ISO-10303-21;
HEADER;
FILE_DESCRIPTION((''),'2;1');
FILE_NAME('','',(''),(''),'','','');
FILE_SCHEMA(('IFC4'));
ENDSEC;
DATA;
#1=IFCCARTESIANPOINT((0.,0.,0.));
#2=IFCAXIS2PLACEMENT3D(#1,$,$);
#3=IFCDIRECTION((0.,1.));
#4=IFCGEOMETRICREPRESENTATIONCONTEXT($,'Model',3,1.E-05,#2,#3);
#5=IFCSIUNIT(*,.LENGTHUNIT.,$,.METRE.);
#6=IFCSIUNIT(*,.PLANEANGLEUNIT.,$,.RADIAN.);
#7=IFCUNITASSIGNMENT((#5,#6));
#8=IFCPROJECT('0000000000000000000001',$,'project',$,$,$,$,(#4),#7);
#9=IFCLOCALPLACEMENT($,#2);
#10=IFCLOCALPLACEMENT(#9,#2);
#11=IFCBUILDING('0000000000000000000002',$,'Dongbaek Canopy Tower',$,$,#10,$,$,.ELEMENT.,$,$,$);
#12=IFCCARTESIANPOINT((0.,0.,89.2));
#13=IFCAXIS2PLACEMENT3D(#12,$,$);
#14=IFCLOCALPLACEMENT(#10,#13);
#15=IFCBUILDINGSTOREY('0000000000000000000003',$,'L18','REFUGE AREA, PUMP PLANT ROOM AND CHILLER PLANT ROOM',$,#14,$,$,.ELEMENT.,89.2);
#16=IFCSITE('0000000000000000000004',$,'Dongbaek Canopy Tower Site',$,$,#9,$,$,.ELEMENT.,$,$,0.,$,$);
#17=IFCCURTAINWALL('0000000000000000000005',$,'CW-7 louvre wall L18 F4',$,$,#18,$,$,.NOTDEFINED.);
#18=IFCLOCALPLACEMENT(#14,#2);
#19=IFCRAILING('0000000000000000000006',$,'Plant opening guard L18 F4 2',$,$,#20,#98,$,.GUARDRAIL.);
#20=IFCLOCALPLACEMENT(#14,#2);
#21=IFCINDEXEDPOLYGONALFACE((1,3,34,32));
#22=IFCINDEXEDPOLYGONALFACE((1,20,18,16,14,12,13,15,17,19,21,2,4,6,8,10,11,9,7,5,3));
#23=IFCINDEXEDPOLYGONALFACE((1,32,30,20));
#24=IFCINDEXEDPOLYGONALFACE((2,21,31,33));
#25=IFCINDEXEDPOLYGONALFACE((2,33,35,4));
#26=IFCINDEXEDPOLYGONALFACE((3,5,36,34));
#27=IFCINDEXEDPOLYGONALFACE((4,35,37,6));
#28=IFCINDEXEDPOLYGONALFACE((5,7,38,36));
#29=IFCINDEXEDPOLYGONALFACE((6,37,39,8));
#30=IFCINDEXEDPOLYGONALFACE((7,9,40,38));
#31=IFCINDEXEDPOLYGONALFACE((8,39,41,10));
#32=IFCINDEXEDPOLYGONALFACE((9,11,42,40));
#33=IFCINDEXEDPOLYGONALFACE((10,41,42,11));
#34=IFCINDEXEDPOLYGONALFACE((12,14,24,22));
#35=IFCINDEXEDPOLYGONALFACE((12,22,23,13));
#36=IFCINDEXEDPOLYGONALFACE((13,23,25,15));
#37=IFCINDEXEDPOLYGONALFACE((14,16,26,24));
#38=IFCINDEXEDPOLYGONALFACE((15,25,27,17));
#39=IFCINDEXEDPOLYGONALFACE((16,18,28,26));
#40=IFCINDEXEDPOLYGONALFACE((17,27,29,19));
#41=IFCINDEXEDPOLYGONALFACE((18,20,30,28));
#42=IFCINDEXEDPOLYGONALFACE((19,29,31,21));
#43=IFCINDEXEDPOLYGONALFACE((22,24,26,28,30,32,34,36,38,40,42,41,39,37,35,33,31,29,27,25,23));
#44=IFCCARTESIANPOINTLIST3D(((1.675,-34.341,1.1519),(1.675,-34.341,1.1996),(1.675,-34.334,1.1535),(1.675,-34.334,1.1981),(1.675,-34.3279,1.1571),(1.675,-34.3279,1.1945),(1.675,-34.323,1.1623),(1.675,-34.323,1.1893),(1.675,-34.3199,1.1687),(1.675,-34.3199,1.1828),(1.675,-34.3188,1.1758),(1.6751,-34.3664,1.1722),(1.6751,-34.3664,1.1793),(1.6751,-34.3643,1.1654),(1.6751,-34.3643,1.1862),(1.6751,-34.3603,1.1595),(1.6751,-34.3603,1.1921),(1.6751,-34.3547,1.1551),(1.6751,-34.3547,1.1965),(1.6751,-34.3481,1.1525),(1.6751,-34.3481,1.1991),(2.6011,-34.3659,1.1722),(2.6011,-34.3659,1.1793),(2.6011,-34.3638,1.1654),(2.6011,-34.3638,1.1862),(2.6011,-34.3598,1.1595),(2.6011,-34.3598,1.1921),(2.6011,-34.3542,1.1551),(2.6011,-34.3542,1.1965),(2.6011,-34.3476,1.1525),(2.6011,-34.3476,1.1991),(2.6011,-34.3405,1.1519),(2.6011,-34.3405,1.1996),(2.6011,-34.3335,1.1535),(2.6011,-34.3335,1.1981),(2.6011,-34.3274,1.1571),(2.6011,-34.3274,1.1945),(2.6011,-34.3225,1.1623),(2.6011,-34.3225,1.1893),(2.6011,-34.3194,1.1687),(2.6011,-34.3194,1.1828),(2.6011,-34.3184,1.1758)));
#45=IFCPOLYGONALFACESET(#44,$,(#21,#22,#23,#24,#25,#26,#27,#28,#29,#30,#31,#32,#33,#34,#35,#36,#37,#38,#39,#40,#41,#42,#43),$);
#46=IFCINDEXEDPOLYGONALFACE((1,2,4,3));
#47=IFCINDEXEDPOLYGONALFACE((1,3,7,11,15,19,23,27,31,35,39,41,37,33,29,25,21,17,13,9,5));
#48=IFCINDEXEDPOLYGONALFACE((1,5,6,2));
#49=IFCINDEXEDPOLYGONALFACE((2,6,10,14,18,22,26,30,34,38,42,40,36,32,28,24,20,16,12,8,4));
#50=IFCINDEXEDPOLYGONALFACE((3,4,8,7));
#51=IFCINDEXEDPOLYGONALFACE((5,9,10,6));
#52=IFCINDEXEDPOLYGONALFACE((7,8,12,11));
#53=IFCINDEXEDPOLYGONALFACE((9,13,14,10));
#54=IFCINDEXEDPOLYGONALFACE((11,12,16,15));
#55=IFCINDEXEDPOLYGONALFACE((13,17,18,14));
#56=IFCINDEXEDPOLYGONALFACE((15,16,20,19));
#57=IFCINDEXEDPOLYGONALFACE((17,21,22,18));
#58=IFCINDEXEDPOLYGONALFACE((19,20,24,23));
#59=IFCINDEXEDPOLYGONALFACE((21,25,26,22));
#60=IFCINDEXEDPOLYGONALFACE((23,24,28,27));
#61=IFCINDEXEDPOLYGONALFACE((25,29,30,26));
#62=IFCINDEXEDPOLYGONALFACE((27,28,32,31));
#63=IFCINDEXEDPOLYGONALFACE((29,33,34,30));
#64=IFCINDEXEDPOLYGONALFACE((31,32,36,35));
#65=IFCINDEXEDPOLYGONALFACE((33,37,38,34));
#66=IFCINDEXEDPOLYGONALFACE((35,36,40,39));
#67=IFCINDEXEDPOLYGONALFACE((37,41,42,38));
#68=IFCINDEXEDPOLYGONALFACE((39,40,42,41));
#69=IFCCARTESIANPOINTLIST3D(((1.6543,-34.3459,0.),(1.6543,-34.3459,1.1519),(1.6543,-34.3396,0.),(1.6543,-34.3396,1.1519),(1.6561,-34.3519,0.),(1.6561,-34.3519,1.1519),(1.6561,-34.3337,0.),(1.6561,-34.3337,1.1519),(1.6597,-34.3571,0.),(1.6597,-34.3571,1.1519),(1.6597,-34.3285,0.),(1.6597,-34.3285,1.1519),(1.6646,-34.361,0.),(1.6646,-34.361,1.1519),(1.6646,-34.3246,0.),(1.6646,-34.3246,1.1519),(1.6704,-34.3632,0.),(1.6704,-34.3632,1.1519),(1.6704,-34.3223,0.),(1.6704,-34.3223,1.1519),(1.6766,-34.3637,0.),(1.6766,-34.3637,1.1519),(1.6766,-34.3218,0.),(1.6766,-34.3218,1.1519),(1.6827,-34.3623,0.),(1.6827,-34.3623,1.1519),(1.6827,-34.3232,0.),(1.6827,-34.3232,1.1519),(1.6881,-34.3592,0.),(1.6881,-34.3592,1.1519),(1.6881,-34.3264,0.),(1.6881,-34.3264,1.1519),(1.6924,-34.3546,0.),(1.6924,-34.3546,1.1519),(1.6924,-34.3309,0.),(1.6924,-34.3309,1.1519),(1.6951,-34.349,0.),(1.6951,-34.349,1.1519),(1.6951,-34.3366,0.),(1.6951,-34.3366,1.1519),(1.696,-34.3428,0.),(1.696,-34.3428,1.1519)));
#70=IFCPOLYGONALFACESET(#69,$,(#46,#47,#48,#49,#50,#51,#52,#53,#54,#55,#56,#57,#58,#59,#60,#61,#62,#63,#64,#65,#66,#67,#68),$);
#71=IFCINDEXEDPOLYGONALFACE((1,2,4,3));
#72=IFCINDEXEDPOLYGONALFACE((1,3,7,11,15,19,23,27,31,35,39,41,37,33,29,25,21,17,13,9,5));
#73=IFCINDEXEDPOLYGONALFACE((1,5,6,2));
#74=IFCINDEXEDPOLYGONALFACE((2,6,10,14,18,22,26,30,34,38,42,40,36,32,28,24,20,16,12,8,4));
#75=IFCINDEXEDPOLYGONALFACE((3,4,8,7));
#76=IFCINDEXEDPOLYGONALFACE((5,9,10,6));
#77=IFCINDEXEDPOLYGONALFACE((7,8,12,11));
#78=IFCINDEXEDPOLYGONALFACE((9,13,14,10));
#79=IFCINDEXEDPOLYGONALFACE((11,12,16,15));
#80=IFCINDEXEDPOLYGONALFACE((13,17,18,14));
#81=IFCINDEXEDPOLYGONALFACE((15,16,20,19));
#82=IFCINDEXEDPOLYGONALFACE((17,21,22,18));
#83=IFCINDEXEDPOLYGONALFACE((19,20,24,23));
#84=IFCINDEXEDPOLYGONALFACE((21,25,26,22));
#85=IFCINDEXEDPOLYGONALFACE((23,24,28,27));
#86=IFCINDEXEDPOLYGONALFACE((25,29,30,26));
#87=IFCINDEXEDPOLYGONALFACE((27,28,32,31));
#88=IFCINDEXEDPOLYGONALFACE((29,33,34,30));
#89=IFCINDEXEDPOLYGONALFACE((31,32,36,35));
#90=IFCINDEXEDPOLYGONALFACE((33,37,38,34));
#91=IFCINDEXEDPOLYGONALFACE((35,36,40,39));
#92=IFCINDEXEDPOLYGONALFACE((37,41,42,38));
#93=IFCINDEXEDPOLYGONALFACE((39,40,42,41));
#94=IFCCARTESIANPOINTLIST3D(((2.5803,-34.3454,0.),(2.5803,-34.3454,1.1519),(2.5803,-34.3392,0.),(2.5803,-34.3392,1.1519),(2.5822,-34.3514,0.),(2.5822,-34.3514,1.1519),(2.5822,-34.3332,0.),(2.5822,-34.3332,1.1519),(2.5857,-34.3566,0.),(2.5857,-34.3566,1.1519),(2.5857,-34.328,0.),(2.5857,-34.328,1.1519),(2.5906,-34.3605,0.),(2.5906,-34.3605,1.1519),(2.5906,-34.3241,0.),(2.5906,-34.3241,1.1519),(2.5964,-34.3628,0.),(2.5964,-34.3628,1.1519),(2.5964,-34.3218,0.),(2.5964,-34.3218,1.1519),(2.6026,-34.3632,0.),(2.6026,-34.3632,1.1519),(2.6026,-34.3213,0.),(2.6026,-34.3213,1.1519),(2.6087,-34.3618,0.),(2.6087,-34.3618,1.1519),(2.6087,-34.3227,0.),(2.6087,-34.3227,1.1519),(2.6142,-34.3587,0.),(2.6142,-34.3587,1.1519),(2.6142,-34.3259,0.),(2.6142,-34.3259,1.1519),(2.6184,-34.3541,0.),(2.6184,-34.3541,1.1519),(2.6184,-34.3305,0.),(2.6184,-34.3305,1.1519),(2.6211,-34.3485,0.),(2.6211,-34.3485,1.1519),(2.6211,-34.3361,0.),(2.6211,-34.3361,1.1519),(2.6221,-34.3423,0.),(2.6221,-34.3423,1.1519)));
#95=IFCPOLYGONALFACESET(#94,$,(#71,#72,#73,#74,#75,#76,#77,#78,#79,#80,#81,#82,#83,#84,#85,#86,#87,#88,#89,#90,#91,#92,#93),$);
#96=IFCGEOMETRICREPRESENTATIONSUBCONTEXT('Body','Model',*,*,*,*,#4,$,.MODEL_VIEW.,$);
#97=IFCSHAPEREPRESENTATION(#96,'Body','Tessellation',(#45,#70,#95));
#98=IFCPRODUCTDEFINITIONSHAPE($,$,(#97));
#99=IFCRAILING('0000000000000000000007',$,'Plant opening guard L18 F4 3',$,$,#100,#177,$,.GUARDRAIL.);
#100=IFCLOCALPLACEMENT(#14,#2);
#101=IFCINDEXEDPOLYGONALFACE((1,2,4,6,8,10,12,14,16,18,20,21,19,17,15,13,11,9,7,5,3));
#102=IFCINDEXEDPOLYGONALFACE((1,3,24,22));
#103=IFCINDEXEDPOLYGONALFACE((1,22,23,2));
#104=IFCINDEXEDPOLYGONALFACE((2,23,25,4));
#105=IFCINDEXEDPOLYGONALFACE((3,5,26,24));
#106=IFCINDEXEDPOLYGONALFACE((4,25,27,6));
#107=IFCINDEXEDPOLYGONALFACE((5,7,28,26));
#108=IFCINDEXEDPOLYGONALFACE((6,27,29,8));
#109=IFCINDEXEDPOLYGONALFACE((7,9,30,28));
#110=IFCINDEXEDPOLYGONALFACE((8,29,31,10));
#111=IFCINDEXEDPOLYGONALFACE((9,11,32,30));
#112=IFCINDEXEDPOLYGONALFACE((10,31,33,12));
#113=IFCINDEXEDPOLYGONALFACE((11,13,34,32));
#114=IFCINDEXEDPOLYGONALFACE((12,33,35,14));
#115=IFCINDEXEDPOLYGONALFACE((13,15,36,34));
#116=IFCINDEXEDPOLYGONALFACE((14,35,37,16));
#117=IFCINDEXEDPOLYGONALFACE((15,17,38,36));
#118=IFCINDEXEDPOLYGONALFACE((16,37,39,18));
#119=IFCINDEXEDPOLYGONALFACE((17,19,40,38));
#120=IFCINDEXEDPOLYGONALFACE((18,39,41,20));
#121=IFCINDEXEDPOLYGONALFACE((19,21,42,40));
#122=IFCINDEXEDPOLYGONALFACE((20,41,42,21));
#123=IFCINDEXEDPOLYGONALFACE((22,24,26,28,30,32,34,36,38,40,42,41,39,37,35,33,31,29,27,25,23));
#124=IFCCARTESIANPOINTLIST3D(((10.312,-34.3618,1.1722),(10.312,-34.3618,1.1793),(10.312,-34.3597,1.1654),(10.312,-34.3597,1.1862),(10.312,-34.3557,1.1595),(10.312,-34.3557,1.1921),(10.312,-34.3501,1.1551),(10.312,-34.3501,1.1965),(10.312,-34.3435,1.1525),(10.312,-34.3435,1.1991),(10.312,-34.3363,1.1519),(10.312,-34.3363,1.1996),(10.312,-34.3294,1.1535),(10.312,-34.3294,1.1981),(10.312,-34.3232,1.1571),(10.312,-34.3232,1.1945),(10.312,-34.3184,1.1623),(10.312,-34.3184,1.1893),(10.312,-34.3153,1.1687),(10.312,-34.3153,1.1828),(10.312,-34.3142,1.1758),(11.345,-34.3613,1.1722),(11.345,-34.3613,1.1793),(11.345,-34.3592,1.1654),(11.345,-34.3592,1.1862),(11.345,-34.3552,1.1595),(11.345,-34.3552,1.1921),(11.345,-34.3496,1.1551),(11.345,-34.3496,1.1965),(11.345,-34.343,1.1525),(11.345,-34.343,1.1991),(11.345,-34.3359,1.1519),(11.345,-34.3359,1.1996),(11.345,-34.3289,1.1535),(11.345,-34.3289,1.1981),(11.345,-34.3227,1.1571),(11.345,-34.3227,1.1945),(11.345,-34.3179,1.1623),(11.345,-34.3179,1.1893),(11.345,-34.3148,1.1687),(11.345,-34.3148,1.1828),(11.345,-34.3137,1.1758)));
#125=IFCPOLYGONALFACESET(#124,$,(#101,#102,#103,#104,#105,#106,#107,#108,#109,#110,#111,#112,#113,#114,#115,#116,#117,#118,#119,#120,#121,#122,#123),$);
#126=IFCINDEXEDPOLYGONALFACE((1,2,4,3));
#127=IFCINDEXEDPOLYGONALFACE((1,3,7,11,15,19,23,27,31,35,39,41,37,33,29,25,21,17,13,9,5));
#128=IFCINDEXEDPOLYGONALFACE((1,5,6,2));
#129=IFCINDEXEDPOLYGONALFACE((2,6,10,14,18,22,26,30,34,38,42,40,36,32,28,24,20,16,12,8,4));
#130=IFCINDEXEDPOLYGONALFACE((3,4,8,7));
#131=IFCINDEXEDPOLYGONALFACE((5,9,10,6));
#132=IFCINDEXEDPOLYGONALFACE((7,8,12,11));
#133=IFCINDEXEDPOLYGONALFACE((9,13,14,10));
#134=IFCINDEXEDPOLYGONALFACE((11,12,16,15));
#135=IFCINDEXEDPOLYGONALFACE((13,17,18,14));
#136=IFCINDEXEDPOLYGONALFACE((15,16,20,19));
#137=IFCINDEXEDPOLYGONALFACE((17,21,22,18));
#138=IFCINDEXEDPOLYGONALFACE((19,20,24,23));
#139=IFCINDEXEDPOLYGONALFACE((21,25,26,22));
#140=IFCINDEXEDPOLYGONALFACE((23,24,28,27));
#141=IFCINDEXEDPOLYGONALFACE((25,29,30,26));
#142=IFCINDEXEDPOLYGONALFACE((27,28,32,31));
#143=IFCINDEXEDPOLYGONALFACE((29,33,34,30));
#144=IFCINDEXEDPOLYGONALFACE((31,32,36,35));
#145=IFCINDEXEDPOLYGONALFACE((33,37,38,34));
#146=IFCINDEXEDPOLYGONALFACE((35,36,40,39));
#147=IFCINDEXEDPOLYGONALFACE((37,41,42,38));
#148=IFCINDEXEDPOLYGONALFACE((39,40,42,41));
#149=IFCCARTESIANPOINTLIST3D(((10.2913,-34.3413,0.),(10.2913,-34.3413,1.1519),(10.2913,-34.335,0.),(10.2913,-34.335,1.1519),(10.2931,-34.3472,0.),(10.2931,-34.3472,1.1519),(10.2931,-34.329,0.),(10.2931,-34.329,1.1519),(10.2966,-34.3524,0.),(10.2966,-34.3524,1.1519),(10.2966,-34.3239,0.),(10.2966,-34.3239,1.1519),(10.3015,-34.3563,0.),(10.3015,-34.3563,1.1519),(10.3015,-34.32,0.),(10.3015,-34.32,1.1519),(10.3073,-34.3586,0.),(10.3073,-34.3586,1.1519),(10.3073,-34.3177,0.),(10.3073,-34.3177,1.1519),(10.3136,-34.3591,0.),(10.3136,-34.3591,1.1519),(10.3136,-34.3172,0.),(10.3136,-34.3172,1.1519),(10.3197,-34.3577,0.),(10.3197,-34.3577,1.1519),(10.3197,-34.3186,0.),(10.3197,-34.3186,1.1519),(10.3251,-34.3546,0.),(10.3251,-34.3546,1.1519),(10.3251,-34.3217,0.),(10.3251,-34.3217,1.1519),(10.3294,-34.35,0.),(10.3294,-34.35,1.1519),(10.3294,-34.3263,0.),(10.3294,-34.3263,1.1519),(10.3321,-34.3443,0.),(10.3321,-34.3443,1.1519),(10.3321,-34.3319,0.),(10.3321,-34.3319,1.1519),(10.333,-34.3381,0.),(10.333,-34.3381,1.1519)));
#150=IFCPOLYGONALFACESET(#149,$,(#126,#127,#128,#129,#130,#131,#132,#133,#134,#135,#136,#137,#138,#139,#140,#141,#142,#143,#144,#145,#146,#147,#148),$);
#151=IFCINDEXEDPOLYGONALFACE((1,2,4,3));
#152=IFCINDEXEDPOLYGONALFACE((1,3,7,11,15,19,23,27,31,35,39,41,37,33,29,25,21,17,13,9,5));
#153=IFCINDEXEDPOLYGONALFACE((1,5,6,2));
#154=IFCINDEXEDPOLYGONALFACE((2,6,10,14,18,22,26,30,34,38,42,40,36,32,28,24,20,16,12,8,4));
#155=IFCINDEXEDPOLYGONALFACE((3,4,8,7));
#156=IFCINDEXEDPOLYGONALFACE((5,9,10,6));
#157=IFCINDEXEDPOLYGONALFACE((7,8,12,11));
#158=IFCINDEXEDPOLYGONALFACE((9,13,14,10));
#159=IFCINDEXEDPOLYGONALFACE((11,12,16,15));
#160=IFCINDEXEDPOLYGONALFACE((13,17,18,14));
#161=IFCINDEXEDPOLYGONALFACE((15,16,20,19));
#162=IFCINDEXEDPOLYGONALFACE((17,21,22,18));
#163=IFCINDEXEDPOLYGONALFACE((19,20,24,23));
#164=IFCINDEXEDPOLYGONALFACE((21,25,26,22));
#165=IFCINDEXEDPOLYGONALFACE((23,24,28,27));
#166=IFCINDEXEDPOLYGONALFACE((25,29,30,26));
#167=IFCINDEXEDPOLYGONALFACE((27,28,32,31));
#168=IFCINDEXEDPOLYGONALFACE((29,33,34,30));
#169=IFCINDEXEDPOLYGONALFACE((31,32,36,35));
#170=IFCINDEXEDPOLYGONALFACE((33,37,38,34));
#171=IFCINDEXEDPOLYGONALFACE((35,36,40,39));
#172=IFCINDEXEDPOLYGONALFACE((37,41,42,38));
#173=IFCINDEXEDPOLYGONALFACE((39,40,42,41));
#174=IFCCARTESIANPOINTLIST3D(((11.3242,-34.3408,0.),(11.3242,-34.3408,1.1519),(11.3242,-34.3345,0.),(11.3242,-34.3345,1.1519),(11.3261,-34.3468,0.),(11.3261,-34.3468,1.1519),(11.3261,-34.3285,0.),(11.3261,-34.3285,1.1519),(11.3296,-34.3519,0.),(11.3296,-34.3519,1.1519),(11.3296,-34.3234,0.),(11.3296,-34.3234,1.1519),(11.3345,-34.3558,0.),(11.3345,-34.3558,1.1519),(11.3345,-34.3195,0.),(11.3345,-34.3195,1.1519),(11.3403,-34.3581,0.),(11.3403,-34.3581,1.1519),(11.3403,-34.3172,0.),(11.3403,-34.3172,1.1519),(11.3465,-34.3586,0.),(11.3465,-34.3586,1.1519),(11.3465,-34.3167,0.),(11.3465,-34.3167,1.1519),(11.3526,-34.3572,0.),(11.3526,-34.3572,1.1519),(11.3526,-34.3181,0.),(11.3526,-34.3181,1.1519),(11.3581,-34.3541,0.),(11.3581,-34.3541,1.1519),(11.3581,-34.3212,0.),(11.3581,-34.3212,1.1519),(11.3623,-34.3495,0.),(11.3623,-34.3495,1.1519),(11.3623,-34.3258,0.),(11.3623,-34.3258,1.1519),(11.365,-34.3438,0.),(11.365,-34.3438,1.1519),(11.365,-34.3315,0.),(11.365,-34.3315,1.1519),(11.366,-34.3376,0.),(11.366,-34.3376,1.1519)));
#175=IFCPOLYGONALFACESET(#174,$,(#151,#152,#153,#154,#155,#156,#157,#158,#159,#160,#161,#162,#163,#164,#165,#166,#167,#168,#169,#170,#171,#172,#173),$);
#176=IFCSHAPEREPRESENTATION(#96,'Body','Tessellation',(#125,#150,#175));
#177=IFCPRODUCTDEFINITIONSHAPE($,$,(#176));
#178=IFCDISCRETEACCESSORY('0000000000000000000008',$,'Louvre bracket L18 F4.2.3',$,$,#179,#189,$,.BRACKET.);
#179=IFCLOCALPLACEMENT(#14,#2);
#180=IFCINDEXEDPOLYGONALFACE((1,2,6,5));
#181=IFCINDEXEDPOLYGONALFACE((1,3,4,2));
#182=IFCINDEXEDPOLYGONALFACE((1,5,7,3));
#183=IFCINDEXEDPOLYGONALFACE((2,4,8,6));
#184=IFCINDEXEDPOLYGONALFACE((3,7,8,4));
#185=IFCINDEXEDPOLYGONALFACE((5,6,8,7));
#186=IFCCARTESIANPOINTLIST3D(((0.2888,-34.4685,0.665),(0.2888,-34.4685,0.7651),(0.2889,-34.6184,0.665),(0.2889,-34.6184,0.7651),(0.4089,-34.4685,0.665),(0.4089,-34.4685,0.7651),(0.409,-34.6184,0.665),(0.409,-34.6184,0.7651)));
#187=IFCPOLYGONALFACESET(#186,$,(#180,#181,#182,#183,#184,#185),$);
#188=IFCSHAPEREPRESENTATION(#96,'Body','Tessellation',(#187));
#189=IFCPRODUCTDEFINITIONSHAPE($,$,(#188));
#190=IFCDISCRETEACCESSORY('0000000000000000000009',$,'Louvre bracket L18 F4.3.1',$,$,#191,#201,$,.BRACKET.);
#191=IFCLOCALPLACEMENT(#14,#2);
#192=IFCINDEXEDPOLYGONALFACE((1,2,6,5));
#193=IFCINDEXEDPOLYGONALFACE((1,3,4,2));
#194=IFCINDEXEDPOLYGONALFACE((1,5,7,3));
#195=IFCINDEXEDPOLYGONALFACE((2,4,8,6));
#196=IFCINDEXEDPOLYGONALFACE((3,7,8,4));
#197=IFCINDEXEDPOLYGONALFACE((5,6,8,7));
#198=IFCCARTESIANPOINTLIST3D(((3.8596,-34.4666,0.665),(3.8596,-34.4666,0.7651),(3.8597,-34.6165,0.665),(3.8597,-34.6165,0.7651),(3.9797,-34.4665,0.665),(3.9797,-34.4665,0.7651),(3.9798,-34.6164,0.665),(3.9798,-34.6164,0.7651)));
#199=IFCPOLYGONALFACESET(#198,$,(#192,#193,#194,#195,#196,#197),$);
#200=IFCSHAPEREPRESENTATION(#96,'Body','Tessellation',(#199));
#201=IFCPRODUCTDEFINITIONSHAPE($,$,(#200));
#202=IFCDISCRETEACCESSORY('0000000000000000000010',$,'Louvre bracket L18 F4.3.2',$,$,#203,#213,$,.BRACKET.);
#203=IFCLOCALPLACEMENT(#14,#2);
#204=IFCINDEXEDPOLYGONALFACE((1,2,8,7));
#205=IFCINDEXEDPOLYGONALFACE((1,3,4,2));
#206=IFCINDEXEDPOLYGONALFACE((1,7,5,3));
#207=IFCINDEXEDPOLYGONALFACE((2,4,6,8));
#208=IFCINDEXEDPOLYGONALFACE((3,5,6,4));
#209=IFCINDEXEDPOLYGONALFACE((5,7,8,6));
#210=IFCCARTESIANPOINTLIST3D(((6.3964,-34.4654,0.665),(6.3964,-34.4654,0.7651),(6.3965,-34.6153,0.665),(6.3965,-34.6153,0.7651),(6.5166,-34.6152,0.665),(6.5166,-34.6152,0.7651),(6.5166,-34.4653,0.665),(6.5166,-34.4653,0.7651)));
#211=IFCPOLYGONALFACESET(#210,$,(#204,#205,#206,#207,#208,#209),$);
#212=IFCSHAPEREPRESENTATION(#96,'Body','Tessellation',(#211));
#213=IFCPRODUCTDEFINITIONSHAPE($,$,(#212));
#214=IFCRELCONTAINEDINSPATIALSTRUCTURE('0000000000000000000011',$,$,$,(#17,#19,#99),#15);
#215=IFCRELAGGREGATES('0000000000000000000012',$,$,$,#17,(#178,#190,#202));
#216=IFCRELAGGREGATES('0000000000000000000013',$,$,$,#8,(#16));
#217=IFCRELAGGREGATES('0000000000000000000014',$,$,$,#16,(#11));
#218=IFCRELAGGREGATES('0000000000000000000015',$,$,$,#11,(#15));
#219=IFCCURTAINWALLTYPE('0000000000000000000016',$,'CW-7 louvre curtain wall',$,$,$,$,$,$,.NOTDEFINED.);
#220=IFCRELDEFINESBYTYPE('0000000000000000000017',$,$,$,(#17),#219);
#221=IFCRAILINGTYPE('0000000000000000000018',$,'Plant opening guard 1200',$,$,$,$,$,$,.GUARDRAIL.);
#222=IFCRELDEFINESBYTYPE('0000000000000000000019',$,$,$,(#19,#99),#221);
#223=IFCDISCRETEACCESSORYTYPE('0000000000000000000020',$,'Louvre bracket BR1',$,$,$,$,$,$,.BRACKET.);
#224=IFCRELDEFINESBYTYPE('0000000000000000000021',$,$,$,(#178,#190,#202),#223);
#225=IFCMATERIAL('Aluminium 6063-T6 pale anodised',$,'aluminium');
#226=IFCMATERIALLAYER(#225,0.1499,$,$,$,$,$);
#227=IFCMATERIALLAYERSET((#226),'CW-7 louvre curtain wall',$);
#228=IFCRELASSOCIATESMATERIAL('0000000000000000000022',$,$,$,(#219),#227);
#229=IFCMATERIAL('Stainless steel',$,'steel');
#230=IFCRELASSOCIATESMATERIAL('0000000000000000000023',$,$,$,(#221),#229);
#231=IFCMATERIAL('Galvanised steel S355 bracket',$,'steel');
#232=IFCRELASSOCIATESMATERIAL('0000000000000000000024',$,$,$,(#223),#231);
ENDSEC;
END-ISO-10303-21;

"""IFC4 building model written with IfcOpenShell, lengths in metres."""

from ifc_helpers import new_model, si_unit, direction, frame, origin, origin_2d, place, context, subcontext, project, spatial, rectangle, circle, extrude, material, layer, layer_set, type_object, element, aggregate, save


model = new_model("IFC4")

# Units and contexts
model_context = context("Model", 3, precision=1e-05, world=origin(), true_north=direction((0.0, 1.0)))
body_context = subcontext(model_context, "Body", "Model", "MODEL_VIEW")
ifc_project = project(units=[si_unit("LENGTHUNIT", "METRE"), si_unit("PLANEANGLEUNIT", "RADIAN")], contexts=[model_context])

# Site, building, storey
site_placement = place(None, origin())
site = spatial("IfcSite", under=ifc_project, at=site_placement, Name="Dongbaek Canopy Tower Site", CompositionType="ELEMENT", RefElevation=0.0)
building_placement = place(site_placement, origin())
building = spatial("IfcBuilding", under=site, at=building_placement, Name="Dongbaek Canopy Tower", CompositionType="ELEMENT")
storey_placement = place(building_placement, frame((0.0, 0.0, 89.2)))
storey = spatial("IfcBuildingStorey", under=building, at=storey_placement, Name="L18", Description="REFUGE AREA, PUMP PLANT ROOM AND CHILLER PLANT ROOM", CompositionType="ELEMENT", Elevation=89.2)

# Curtain wall
ifc_material_1 = material(Name="Aluminium 6063-T6 pale anodised", Category="aluminium")
ifc_layer_1 = layer(ifc_material_1, 0.1499)
ifc_layer_set_1 = layer_set([ifc_layer_1], Name="CW-7 louvre curtain wall")
curtain_wall_type = type_object("IfcCurtainWallType", Name="CW-7 louvre curtain wall", PredefinedType="NOTDEFINED", material=ifc_layer_set_1)
curtain_wall_placement = place(storey_placement, origin())
curtain_wall = element("IfcCurtainWall", 1, at=curtain_wall_placement, inside=storey, type_object=curtain_wall_type, Name="CW-7 louvre wall L18 F4", PredefinedType="NOTDEFINED")

# Railings
ifc_material_2 = material(Name="Stainless steel", Category="steel")
railing_type = type_object("IfcRailingType", Name="Plant opening guard 1200", PredefinedType="GUARDRAIL", material=ifc_material_2)
railing_1_placement = place(storey_placement, frame((1.675, -34.3428, 0.0)))
element("IfcRailing", 2, at=railing_1_placement, inside=storey, type_object=railing_type, Name="Plant opening guard L18 F4 2", PredefinedType="GUARDRAIL", context=body_context, shape_type="SweptSolid", body=[
    extrude(circle(Radius=0.0239, at=origin_2d()), frame((0.0, 0.0, 1.1758), z_axis=(1.0, 0.000527, 0.0), x_axis=(-0.000527, 1.0, 0.0)), (0.0, 0.0, 1.0), 0.926),
    extrude(circle(Radius=0.021, at=origin_2d()), origin(), (0.0, 0.0, 1.0), 1.1519),
    extrude(circle(Radius=0.021, at=origin_2d()), frame((0.926, 0.0005, 0.0)), (0.0, 0.0, 1.0), 1.1519),
])
railing_2_placement = place(storey_placement, frame((10.312, -34.3381, 0.0)))
element("IfcRailing", 3, at=railing_2_placement, inside=storey, type_object=railing_type, Name="Plant opening guard L18 F4 3", PredefinedType="GUARDRAIL", context=body_context, shape_type="SweptSolid", body=[
    extrude(circle(Radius=0.0239, at=origin_2d()), frame((0.0, 0.0, 1.1758), z_axis=(1.0, 0.000473, 0.0), x_axis=(-0.000473, 1.0, 0.0)), (0.0, 0.0, 1.0), 1.033),
    extrude(circle(Radius=0.021, at=origin_2d()), origin(), (0.0, 0.0, 1.0), 1.1519),
    extrude(circle(Radius=0.021, at=origin_2d()), frame((1.033, 0.0005, 0.0)), (0.0, 0.0, 1.0), 1.1519),
])

# Discrete accessories
ifc_material_3 = material(Name="Galvanised steel S355 bracket", Category="steel")
discrete_accessory_type = type_object("IfcDiscreteAccessoryType", Name="Louvre bracket BR1", PredefinedType="BRACKET", material=ifc_material_3)
discrete_accessory_1_placement = place(storey_placement, frame((0.3489, -34.5435, 0.665), z_axis=(0.0, 0.0, 1.0), x_axis=(1.0, 0.000524, 0.0)))
discrete_accessory_1 = element("IfcDiscreteAccessory", 4, at=discrete_accessory_1_placement, type_object=discrete_accessory_type, Name="Louvre bracket L18 F4.2.3", PredefinedType="BRACKET", context=body_context, shape_type="SweptSolid", body=[
    extrude(rectangle(XDim=0.1201, YDim=0.1499, at=origin_2d()), origin(), (0.0, 0.0, 1.0), 0.1001),
])
discrete_accessory_2_placement = place(storey_placement, frame((3.9197, -34.5415, 0.665), z_axis=(0.0, 0.0, 1.0), x_axis=(1.0, 0.000524, 0.0)))
discrete_accessory_2 = element("IfcDiscreteAccessory", 5, at=discrete_accessory_2_placement, type_object=discrete_accessory_type, Name="Louvre bracket L18 F4.3.1", PredefinedType="BRACKET", context=body_context, shape_type="SweptSolid", body=[
    extrude(rectangle(XDim=0.1201, YDim=0.1499, at=origin_2d()), origin(), (0.0, 0.0, 1.0), 0.1001),
])
discrete_accessory_3_placement = place(storey_placement, frame((6.4565, -34.5403, 0.665), z_axis=(0.0, 0.0, 1.0), x_axis=(1.0, 0.000524, 0.0)))
discrete_accessory_3 = element("IfcDiscreteAccessory", 6, at=discrete_accessory_3_placement, type_object=discrete_accessory_type, Name="Louvre bracket L18 F4.3.2", PredefinedType="BRACKET", context=body_context, shape_type="SweptSolid", body=[
    extrude(rectangle(XDim=0.1201, YDim=0.1499, at=origin_2d()), origin(), (0.0, 0.0, 1.0), 0.1001),
])
aggregate(curtain_wall, [discrete_accessory_1, discrete_accessory_2, discrete_accessory_3])

save(model, "model.ifc")
